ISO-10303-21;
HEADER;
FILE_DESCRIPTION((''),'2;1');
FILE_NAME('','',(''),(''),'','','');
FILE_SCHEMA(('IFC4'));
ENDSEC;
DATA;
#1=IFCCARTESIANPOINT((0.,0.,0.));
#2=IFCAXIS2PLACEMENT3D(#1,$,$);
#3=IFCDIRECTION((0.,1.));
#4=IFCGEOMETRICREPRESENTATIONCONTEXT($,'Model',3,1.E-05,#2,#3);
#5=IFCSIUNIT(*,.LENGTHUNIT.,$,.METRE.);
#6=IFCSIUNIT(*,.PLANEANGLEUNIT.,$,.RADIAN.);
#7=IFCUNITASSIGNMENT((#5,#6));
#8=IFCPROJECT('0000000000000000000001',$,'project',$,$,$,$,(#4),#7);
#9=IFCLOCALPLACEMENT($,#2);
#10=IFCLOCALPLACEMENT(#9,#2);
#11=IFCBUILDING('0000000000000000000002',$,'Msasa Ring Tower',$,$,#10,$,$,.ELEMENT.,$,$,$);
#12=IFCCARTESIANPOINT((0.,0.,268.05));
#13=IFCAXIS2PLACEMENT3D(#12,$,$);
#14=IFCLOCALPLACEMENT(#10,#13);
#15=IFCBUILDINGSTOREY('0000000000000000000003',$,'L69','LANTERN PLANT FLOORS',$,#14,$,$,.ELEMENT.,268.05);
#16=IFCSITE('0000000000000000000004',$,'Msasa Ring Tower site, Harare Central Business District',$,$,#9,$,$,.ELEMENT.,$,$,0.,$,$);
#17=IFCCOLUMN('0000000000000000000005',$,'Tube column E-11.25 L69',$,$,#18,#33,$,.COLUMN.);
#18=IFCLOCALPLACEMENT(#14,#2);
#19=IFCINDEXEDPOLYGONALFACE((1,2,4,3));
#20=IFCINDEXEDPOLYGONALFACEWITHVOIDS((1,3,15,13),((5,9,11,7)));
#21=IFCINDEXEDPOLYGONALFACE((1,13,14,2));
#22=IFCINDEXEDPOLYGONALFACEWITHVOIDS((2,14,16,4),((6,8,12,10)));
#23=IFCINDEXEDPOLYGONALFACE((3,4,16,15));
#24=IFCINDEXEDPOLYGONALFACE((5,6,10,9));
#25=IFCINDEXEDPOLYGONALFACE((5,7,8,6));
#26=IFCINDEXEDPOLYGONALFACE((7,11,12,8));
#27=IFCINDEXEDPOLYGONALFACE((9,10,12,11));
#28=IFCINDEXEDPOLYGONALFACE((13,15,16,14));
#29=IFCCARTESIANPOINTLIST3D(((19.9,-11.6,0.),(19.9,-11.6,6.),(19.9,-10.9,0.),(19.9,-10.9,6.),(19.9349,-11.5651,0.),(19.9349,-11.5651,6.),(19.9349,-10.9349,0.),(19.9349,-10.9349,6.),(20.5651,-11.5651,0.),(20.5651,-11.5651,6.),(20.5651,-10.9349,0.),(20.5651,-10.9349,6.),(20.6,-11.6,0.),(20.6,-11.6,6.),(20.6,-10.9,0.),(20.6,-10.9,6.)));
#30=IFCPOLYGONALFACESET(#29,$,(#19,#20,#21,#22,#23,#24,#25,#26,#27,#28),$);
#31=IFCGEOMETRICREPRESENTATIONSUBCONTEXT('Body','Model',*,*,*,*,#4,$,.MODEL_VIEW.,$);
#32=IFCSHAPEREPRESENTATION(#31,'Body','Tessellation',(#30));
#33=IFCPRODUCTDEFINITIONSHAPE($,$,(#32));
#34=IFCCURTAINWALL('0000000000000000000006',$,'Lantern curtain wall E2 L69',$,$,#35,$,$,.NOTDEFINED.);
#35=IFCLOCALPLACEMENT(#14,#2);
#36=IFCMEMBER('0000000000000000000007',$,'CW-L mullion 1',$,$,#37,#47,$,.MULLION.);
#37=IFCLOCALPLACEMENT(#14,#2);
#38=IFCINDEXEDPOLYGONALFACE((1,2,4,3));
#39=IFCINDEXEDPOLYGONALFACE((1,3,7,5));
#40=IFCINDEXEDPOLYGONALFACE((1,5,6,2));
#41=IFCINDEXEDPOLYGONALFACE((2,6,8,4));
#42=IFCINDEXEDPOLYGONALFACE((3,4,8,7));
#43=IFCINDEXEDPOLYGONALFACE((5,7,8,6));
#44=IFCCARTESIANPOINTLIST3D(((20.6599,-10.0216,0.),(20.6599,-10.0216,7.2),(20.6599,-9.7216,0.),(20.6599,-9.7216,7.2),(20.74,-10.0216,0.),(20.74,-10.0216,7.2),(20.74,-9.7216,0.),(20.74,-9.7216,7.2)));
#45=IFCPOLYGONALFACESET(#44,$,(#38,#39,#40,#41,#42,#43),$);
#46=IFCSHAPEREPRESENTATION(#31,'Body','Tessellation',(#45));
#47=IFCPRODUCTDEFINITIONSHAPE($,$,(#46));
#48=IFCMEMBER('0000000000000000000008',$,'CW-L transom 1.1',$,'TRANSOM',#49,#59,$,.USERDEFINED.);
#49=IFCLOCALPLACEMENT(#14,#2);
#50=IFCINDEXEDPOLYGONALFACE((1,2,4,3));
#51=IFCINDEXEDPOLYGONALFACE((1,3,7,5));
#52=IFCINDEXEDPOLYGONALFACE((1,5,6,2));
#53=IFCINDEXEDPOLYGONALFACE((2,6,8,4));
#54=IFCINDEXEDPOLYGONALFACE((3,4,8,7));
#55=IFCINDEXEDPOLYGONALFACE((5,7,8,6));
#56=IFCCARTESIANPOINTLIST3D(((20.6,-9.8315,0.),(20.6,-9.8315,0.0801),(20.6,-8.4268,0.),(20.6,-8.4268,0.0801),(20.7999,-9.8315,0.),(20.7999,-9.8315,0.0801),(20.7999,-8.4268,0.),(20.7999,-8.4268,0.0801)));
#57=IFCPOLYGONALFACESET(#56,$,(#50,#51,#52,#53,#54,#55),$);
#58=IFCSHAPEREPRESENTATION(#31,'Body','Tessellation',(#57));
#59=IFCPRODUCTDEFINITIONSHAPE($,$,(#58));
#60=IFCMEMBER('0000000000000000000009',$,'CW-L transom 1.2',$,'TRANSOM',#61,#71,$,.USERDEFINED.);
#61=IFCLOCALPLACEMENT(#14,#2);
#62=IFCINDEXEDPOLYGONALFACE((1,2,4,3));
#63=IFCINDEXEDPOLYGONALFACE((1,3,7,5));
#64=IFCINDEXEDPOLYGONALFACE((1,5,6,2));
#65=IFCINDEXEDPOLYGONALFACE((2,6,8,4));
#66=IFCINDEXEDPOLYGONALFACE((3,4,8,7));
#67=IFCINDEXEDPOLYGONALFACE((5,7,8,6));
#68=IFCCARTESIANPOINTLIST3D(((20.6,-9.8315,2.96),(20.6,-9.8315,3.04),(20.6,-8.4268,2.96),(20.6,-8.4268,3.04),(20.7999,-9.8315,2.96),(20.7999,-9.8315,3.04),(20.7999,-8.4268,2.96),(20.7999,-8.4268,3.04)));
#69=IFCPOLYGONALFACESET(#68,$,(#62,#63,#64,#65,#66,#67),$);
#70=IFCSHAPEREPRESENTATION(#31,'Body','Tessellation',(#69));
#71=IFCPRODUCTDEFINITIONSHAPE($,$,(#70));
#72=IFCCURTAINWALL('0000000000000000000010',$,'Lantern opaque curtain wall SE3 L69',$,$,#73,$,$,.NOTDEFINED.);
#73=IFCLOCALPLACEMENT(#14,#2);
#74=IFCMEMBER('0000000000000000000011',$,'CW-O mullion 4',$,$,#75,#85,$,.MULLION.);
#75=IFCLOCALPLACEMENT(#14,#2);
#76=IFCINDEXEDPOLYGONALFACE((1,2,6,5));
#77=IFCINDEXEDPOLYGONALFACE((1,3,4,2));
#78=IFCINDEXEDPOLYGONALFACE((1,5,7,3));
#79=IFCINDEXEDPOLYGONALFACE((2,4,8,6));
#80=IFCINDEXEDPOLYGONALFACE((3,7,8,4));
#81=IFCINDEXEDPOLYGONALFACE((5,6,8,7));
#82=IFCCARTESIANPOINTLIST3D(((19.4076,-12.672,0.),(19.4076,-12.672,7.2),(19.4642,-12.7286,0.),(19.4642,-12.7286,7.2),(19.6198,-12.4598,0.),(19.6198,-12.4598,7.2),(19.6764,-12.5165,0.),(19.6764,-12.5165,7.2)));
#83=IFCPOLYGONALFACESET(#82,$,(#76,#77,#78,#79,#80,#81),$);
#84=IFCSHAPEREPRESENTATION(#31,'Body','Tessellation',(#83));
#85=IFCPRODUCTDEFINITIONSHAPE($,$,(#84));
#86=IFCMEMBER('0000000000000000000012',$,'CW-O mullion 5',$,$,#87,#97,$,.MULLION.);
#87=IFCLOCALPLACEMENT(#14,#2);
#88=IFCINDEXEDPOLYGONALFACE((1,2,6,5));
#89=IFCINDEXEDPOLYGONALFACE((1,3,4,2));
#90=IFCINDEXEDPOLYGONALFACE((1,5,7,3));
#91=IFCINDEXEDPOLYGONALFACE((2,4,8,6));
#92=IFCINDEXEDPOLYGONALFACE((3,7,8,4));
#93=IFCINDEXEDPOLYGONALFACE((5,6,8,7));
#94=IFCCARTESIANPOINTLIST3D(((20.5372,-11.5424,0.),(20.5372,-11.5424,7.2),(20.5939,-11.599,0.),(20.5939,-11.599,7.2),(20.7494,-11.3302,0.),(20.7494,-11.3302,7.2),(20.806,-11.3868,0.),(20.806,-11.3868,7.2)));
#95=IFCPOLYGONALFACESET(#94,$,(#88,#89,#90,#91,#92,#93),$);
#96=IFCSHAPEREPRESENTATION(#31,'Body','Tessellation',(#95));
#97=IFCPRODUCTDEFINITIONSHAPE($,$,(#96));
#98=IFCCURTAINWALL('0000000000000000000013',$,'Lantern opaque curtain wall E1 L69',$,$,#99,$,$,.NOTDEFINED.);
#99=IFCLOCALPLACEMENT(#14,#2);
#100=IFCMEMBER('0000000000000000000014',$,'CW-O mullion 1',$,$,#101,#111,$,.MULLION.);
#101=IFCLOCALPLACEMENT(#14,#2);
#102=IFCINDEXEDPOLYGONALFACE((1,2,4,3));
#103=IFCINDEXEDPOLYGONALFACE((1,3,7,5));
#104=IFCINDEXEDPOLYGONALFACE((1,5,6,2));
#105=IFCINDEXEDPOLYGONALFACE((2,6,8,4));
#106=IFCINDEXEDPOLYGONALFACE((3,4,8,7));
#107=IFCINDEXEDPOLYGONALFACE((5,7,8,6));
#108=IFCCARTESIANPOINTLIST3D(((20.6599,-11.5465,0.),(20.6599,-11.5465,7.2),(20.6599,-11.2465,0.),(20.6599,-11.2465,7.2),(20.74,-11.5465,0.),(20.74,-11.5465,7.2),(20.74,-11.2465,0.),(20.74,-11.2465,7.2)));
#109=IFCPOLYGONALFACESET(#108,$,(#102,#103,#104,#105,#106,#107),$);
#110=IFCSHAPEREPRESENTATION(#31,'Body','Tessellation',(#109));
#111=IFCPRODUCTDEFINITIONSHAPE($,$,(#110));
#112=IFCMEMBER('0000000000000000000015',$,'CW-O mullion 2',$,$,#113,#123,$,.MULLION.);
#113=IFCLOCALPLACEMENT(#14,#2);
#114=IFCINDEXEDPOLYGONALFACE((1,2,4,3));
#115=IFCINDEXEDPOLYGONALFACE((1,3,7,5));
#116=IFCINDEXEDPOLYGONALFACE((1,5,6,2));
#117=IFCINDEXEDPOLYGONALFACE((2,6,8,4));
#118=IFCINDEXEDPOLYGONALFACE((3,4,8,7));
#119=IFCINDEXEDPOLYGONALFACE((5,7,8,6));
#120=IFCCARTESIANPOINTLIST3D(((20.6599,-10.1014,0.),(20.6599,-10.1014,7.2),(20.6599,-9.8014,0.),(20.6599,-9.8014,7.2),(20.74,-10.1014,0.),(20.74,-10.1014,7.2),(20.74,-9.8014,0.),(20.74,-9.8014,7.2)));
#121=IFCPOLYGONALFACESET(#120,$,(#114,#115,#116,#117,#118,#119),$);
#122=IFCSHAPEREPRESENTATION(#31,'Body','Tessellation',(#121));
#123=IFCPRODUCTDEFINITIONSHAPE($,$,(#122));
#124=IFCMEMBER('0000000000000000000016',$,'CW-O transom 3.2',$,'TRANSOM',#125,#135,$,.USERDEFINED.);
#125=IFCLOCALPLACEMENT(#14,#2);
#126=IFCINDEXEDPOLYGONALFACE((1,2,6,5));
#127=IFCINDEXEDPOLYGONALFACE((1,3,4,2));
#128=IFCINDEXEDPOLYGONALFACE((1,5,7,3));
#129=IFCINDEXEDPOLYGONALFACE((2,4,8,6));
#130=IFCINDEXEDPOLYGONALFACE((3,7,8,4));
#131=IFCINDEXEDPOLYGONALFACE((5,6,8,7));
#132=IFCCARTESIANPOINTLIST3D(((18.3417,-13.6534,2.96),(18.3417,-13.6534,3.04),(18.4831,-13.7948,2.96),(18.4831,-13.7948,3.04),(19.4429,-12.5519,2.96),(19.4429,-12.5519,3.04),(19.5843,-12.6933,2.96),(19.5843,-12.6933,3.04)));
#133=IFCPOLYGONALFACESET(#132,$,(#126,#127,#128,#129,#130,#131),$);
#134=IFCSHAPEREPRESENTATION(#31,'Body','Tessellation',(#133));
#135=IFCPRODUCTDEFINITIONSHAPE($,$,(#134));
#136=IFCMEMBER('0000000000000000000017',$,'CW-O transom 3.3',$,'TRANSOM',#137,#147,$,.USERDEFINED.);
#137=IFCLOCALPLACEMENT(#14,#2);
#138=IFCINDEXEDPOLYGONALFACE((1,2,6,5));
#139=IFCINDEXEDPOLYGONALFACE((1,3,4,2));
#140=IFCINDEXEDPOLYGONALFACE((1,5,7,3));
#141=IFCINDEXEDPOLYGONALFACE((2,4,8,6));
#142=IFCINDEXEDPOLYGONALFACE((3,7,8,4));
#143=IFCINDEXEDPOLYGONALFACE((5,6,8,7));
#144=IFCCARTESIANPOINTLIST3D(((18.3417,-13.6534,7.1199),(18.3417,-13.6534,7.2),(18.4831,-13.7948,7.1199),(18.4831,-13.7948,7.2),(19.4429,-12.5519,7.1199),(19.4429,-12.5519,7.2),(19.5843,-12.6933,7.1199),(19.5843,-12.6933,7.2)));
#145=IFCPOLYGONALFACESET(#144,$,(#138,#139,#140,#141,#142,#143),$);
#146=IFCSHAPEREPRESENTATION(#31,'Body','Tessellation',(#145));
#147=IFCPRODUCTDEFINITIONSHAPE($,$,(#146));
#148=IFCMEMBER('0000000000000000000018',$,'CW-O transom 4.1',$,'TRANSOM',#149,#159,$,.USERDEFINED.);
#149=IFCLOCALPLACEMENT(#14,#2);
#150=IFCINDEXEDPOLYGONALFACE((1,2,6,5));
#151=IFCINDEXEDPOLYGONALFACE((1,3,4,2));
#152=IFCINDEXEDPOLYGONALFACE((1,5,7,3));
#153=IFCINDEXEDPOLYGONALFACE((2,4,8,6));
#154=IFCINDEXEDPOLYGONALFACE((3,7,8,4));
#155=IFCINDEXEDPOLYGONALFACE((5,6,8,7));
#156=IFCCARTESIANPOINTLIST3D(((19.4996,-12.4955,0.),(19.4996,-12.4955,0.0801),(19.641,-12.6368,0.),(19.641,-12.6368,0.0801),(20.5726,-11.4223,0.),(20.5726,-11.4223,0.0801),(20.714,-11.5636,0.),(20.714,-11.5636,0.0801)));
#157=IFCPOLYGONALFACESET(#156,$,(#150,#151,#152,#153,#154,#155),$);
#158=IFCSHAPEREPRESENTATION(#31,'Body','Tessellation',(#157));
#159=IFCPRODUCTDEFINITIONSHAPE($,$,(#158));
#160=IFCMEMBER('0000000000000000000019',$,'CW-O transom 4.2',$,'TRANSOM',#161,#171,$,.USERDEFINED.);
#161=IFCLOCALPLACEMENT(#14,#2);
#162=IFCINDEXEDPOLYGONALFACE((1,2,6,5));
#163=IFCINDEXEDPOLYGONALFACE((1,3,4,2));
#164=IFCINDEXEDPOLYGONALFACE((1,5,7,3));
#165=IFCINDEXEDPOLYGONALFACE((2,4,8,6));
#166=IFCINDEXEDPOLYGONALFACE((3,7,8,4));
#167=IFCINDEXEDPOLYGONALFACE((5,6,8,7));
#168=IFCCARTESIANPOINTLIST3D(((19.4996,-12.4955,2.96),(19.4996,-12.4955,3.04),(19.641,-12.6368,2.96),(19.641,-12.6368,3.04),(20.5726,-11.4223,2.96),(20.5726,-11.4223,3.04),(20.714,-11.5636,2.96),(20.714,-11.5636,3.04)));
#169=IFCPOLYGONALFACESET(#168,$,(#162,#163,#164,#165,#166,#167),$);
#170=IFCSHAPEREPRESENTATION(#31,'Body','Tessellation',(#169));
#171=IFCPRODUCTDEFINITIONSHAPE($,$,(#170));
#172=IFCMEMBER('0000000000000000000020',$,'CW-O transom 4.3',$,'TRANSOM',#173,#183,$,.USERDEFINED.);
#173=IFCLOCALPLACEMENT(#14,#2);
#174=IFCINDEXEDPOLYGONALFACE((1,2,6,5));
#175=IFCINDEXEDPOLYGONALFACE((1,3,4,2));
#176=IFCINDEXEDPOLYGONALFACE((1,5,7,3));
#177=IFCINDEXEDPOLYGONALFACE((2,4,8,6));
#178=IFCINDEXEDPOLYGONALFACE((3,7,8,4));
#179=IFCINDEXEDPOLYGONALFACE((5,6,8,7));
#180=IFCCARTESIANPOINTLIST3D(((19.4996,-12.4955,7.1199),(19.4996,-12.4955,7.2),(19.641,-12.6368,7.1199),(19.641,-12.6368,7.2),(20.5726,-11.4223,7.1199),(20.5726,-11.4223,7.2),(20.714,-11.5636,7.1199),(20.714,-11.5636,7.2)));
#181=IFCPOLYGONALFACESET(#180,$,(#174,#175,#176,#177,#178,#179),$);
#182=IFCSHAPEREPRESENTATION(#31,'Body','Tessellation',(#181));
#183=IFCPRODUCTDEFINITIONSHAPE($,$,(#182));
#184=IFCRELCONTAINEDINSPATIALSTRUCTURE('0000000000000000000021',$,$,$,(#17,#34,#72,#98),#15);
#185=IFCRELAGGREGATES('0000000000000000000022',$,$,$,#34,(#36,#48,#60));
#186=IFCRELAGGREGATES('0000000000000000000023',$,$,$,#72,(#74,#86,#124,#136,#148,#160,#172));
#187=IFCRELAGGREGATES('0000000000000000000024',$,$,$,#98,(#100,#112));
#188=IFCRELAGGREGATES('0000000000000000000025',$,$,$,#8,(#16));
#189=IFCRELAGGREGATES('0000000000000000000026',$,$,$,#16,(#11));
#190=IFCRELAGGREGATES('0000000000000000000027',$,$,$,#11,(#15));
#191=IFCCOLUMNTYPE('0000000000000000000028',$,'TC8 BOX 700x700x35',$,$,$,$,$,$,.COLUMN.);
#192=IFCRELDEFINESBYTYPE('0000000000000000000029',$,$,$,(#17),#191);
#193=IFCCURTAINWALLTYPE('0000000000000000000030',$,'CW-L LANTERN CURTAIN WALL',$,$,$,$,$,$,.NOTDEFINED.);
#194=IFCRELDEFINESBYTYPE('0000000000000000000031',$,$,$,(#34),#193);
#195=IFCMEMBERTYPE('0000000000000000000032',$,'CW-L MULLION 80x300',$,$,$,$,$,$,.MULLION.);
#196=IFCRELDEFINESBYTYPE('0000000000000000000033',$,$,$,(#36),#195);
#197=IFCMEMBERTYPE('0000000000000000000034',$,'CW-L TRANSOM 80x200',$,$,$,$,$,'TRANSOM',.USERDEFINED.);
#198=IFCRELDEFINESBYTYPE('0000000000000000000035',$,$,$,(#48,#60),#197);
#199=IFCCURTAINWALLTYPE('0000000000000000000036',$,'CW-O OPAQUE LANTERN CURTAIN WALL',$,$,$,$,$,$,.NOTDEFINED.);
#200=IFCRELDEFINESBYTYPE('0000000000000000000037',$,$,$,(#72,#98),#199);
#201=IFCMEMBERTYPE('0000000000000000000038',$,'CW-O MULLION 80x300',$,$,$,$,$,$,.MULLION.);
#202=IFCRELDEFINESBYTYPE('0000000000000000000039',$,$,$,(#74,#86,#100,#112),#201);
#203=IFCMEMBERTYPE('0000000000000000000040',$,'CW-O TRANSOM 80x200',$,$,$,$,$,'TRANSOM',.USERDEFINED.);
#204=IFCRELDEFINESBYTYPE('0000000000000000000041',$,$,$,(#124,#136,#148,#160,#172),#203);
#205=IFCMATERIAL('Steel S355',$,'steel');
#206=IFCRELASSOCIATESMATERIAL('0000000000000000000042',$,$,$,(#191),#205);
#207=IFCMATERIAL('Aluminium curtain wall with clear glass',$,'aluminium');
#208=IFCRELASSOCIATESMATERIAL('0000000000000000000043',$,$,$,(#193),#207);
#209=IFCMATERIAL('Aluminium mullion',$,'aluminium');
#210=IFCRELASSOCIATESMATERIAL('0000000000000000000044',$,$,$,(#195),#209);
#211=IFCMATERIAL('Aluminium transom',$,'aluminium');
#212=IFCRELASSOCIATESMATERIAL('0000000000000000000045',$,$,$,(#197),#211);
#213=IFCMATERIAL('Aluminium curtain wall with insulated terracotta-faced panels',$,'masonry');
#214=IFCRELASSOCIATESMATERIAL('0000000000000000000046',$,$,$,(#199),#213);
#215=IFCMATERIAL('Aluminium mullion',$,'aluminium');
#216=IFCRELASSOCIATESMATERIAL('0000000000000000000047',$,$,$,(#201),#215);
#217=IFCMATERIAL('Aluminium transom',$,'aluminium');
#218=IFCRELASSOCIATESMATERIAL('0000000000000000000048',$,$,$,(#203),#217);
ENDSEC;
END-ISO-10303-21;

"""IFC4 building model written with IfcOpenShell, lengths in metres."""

from ifc_helpers import new_model, si_unit, direction, frame, origin, origin_2d, place, context, subcontext, project, spatial, rectangle, hollow_rectangle, extrude, material, material_profile, profile_set, type_object, element, aggregate, save


model = new_model("IFC4")

# Units and contexts
model_context = context("Model", 3, precision=1e-05, world=origin(), true_north=direction((0.0, 1.0)))
body_context = subcontext(model_context, "Body", "Model", "MODEL_VIEW")
ifc_project = project(units=[si_unit("LENGTHUNIT", "METRE"), si_unit("PLANEANGLEUNIT", "RADIAN")], contexts=[model_context])

# Site, building, storey
site_placement = place(None, origin())
site = spatial("IfcSite", under=ifc_project, at=site_placement, Name="Msasa Ring Tower site, Harare Central Business District", CompositionType="ELEMENT", RefElevation=0.0)
building_placement = place(site_placement, origin())
building = spatial("IfcBuilding", under=site, at=building_placement, Name="Msasa Ring Tower", CompositionType="ELEMENT")
storey_placement = place(building_placement, frame((0.0, 0.0, 268.05)))
storey = spatial("IfcBuildingStorey", under=building, at=storey_placement, Name="L69", Description="LANTERN PLANT FLOORS", CompositionType="ELEMENT", Elevation=268.05)

# Column
ifc_material_1 = material(Name="Steel S355", Category="steel")
ifc_material_profile_1 = material_profile(ifc_material_1, hollow_rectangle(XDim=0.7, YDim=0.7, WallThickness=0.0349, at=origin_2d()), Name="BOX 700x700x35")
ifc_profile_set_1 = profile_set([ifc_material_profile_1], Name="Steel S355")
column_type = type_object("IfcColumnType", Name="TC8 BOX 700x700x35", PredefinedType="COLUMN", material=ifc_profile_set_1)
column_placement = place(storey_placement, frame((20.25, -11.25, 0.0), z_axis=(0.0, 0.0, 1.0), x_axis=(1.0, 0.0, 0.0)))
element("IfcColumn", 1, at=column_placement, inside=storey, type_object=column_type, Name="Tube column E-11.25 L69", PredefinedType="COLUMN", context=body_context, shape_type="SweptSolid", body=[
    extrude(hollow_rectangle(XDim=0.7, YDim=0.7, WallThickness=0.0349, at=origin_2d()), origin(), (0.0, 0.0, 1.0), 6.0),
])

# Curtain walls, members
ifc_material_2 = material(Name="Aluminium curtain wall with clear glass", Category="aluminium")
curtain_wall_type_1 = type_object("IfcCurtainWallType", Name="CW-L LANTERN CURTAIN WALL", PredefinedType="NOTDEFINED", material=ifc_material_2)
curtain_wall_1_placement = place(storey_placement, origin())
curtain_wall_1 = element("IfcCurtainWall", 2, at=curtain_wall_1_placement, inside=storey, type_object=curtain_wall_type_1, Name="Lantern curtain wall E2 L69", PredefinedType="NOTDEFINED")
ifc_material_3 = material(Name="Aluminium mullion", Category="aluminium")
ifc_material_profile_2 = material_profile(ifc_material_3, rectangle(XDim=0.0801, YDim=0.3, at=origin_2d()), Name="AL 80x300")
ifc_profile_set_2 = profile_set([ifc_material_profile_2], Name="Aluminium mullion")
member_type_1 = type_object("IfcMemberType", Name="CW-L MULLION 80x300", PredefinedType="MULLION", material=ifc_profile_set_2)
member_1_placement = place(storey_placement, frame((20.7, -9.8716, 0.0), z_axis=(0.0, 0.0, 1.0), x_axis=(-1.0, 0.0, 0.0)))
member_1 = element("IfcMember", 3, at=member_1_placement, type_object=member_type_1, Name="CW-L mullion 1", PredefinedType="MULLION", context=body_context, shape_type="SweptSolid", body=[
    extrude(rectangle(XDim=0.0801, YDim=0.3, at=origin_2d()), origin(), (0.0, 0.0, 1.0), 7.2),
])
ifc_material_4 = material(Name="Aluminium transom", Category="aluminium")
ifc_material_profile_3 = material_profile(ifc_material_4, rectangle(XDim=0.2, YDim=0.0801, at=origin_2d()), Name="AL 80x200")
ifc_profile_set_3 = profile_set([ifc_material_profile_3], Name="Aluminium transom")
member_type_2 = type_object("IfcMemberType", Name="CW-L TRANSOM 80x200", ElementType="TRANSOM", PredefinedType="USERDEFINED", material=ifc_profile_set_3)
member_2_placement = place(storey_placement, frame((20.7, -9.8315, 0.04), z_axis=(0.0, 1.0, 0.0), x_axis=(-1.0, 0.0, 0.0)))
member_2 = element("IfcMember", 4, at=member_2_placement, type_object=member_type_2, Name="CW-L transom 1.1", ObjectType="TRANSOM", PredefinedType="USERDEFINED", context=body_context, shape_type="SweptSolid", body=[
    extrude(rectangle(XDim=0.2, YDim=0.0801, at=origin_2d()), origin(), (0.0, 0.0, 1.0), 1.4048),
])
member_3_placement = place(storey_placement, frame((20.7, -9.8315, 3.0), z_axis=(0.0, 1.0, 0.0), x_axis=(-1.0, 0.0, 0.0)))
member_3 = element("IfcMember", 5, at=member_3_placement, type_object=member_type_2, Name="CW-L transom 1.2", ObjectType="TRANSOM", PredefinedType="USERDEFINED", context=body_context, shape_type="SweptSolid", body=[
    extrude(rectangle(XDim=0.2, YDim=0.0801, at=origin_2d()), origin(), (0.0, 0.0, 1.0), 1.4048),
])
aggregate(curtain_wall_1, [member_1, member_2, member_3])
ifc_material_5 = material(Name="Aluminium curtain wall with insulated terracotta-faced panels", Category="masonry")
curtain_wall_type_2 = type_object("IfcCurtainWallType", Name="CW-O OPAQUE LANTERN CURTAIN WALL", PredefinedType="NOTDEFINED", material=ifc_material_5)
curtain_wall_2_placement = place(storey_placement, origin())
curtain_wall_2 = element("IfcCurtainWall", 6, at=curtain_wall_2_placement, inside=storey, type_object=curtain_wall_type_2, Name="Lantern opaque curtain wall SE3 L69", PredefinedType="NOTDEFINED")
ifc_material_6 = material(Name="Aluminium mullion", Category="aluminium")
ifc_material_profile_4 = material_profile(ifc_material_6, rectangle(XDim=0.0801, YDim=0.3, at=origin_2d()), Name="AL 80x300")
ifc_profile_set_4 = profile_set([ifc_material_profile_4], Name="Aluminium mullion")
member_type_3 = type_object("IfcMemberType", Name="CW-O MULLION 80x300", PredefinedType="MULLION", material=ifc_profile_set_4)
member_4_placement = place(storey_placement, frame((19.542, -12.5942, 0.0), z_axis=(0.0, 0.0, 1.0), x_axis=(-0.707107, 0.707107, 0.0)))
member_4 = element("IfcMember", 7, at=member_4_placement, type_object=member_type_3, Name="CW-O mullion 4", PredefinedType="MULLION", context=body_context, shape_type="SweptSolid", body=[
    extrude(rectangle(XDim=0.0801, YDim=0.3, at=origin_2d()), origin(), (0.0, 0.0, 1.0), 7.2),
])
member_5_placement = place(storey_placement, frame((20.6716, -11.4646, 0.0), z_axis=(0.0, 0.0, 1.0), x_axis=(-0.707107, 0.707107, 0.0)))
member_5 = element("IfcMember", 8, at=member_5_placement, type_object=member_type_3, Name="CW-O mullion 5", PredefinedType="MULLION", context=body_context, shape_type="SweptSolid", body=[
    extrude(rectangle(XDim=0.0801, YDim=0.3, at=origin_2d()), origin(), (0.0, 0.0, 1.0), 7.2),
])
curtain_wall_3_placement = place(storey_placement, origin())
curtain_wall_3 = element("IfcCurtainWall", 9, at=curtain_wall_3_placement, inside=storey, type_object=curtain_wall_type_2, Name="Lantern opaque curtain wall E1 L69", PredefinedType="NOTDEFINED")
member_6_placement = place(storey_placement, frame((20.7, -11.3965, 0.0), z_axis=(0.0, 0.0, 1.0), x_axis=(-1.0, 0.0, 0.0)))
member_6 = element("IfcMember", 10, at=member_6_placement, type_object=member_type_3, Name="CW-O mullion 1", PredefinedType="MULLION", context=body_context, shape_type="SweptSolid", body=[
    extrude(rectangle(XDim=0.0801, YDim=0.3, at=origin_2d()), origin(), (0.0, 0.0, 1.0), 7.2),
])
member_7_placement = place(storey_placement, frame((20.7, -9.9514, 0.0), z_axis=(0.0, 0.0, 1.0), x_axis=(-1.0, 0.0, 0.0)))
member_7 = element("IfcMember", 11, at=member_7_placement, type_object=member_type_3, Name="CW-O mullion 2", PredefinedType="MULLION", context=body_context, shape_type="SweptSolid", body=[
    extrude(rectangle(XDim=0.0801, YDim=0.3, at=origin_2d()), origin(), (0.0, 0.0, 1.0), 7.2),
])

# Members
ifc_material_7 = material(Name="Aluminium transom", Category="aluminium")
ifc_material_profile_5 = material_profile(ifc_material_7, rectangle(XDim=0.2, YDim=0.0801, at=origin_2d()), Name="AL 80x200")
ifc_profile_set_5 = profile_set([ifc_material_profile_5], Name="Aluminium transom")
member_type_4 = type_object("IfcMemberType", Name="CW-O TRANSOM 80x200", ElementType="TRANSOM", PredefinedType="USERDEFINED", material=ifc_profile_set_5)
member_8_placement = place(storey_placement, frame((18.4124, -13.7241, 3.0), z_axis=(0.707028, 0.707185, 0.0), x_axis=(-0.707185, 0.707028, 0.0)))
member_8 = element("IfcMember", 12, at=member_8_placement, type_object=member_type_4, Name="CW-O transom 3.2", ObjectType="TRANSOM", PredefinedType="USERDEFINED", context=body_context, shape_type="SweptSolid", body=[
    extrude(rectangle(XDim=0.2, YDim=0.0801, at=origin_2d()), origin(), (0.0, 0.0, 1.0), 1.5576),
])
member_9_placement = place(storey_placement, frame((18.4124, -13.7241, 7.1599), z_axis=(0.707028, 0.707185, 0.0), x_axis=(-0.707185, 0.707028, 0.0)))
member_9 = element("IfcMember", 13, at=member_9_placement, type_object=member_type_4, Name="CW-O transom 3.3", ObjectType="TRANSOM", PredefinedType="USERDEFINED", context=body_context, shape_type="SweptSolid", body=[
    extrude(rectangle(XDim=0.2, YDim=0.0801, at=origin_2d()), origin(), (0.0, 0.0, 1.0), 1.5576),
])
member_10_placement = place(storey_placement, frame((19.5703, -12.5662, 0.04), z_axis=(0.707026, 0.707187, 0.0), x_axis=(-0.707187, 0.707026, 0.0)))
member_10 = element("IfcMember", 14, at=member_10_placement, type_object=member_type_4, Name="CW-O transom 4.1", ObjectType="TRANSOM", PredefinedType="USERDEFINED", context=body_context, shape_type="SweptSolid", body=[
    extrude(rectangle(XDim=0.2, YDim=0.0801, at=origin_2d()), origin(), (0.0, 0.0, 1.0), 1.5176),
])
member_11_placement = place(storey_placement, frame((19.5703, -12.5662, 3.0), z_axis=(0.707026, 0.707187, 0.0), x_axis=(-0.707187, 0.707026, 0.0)))
member_11 = element("IfcMember", 15, at=member_11_placement, type_object=member_type_4, Name="CW-O transom 4.2", ObjectType="TRANSOM", PredefinedType="USERDEFINED", context=body_context, shape_type="SweptSolid", body=[
    extrude(rectangle(XDim=0.2, YDim=0.0801, at=origin_2d()), origin(), (0.0, 0.0, 1.0), 1.5176),
])
member_12_placement = place(storey_placement, frame((19.5703, -12.5662, 7.1599), z_axis=(0.707026, 0.707187, 0.0), x_axis=(-0.707187, 0.707026, 0.0)))
member_12 = element("IfcMember", 16, at=member_12_placement, type_object=member_type_4, Name="CW-O transom 4.3", ObjectType="TRANSOM", PredefinedType="USERDEFINED", context=body_context, shape_type="SweptSolid", body=[
    extrude(rectangle(XDim=0.2, YDim=0.0801, at=origin_2d()), origin(), (0.0, 0.0, 1.0), 1.5176),
])

aggregate(curtain_wall_2, [member_4, member_5, member_8, member_9, member_10, member_11, member_12])
aggregate(curtain_wall_3, [member_6, member_7])

save(model, "model.ifc")
